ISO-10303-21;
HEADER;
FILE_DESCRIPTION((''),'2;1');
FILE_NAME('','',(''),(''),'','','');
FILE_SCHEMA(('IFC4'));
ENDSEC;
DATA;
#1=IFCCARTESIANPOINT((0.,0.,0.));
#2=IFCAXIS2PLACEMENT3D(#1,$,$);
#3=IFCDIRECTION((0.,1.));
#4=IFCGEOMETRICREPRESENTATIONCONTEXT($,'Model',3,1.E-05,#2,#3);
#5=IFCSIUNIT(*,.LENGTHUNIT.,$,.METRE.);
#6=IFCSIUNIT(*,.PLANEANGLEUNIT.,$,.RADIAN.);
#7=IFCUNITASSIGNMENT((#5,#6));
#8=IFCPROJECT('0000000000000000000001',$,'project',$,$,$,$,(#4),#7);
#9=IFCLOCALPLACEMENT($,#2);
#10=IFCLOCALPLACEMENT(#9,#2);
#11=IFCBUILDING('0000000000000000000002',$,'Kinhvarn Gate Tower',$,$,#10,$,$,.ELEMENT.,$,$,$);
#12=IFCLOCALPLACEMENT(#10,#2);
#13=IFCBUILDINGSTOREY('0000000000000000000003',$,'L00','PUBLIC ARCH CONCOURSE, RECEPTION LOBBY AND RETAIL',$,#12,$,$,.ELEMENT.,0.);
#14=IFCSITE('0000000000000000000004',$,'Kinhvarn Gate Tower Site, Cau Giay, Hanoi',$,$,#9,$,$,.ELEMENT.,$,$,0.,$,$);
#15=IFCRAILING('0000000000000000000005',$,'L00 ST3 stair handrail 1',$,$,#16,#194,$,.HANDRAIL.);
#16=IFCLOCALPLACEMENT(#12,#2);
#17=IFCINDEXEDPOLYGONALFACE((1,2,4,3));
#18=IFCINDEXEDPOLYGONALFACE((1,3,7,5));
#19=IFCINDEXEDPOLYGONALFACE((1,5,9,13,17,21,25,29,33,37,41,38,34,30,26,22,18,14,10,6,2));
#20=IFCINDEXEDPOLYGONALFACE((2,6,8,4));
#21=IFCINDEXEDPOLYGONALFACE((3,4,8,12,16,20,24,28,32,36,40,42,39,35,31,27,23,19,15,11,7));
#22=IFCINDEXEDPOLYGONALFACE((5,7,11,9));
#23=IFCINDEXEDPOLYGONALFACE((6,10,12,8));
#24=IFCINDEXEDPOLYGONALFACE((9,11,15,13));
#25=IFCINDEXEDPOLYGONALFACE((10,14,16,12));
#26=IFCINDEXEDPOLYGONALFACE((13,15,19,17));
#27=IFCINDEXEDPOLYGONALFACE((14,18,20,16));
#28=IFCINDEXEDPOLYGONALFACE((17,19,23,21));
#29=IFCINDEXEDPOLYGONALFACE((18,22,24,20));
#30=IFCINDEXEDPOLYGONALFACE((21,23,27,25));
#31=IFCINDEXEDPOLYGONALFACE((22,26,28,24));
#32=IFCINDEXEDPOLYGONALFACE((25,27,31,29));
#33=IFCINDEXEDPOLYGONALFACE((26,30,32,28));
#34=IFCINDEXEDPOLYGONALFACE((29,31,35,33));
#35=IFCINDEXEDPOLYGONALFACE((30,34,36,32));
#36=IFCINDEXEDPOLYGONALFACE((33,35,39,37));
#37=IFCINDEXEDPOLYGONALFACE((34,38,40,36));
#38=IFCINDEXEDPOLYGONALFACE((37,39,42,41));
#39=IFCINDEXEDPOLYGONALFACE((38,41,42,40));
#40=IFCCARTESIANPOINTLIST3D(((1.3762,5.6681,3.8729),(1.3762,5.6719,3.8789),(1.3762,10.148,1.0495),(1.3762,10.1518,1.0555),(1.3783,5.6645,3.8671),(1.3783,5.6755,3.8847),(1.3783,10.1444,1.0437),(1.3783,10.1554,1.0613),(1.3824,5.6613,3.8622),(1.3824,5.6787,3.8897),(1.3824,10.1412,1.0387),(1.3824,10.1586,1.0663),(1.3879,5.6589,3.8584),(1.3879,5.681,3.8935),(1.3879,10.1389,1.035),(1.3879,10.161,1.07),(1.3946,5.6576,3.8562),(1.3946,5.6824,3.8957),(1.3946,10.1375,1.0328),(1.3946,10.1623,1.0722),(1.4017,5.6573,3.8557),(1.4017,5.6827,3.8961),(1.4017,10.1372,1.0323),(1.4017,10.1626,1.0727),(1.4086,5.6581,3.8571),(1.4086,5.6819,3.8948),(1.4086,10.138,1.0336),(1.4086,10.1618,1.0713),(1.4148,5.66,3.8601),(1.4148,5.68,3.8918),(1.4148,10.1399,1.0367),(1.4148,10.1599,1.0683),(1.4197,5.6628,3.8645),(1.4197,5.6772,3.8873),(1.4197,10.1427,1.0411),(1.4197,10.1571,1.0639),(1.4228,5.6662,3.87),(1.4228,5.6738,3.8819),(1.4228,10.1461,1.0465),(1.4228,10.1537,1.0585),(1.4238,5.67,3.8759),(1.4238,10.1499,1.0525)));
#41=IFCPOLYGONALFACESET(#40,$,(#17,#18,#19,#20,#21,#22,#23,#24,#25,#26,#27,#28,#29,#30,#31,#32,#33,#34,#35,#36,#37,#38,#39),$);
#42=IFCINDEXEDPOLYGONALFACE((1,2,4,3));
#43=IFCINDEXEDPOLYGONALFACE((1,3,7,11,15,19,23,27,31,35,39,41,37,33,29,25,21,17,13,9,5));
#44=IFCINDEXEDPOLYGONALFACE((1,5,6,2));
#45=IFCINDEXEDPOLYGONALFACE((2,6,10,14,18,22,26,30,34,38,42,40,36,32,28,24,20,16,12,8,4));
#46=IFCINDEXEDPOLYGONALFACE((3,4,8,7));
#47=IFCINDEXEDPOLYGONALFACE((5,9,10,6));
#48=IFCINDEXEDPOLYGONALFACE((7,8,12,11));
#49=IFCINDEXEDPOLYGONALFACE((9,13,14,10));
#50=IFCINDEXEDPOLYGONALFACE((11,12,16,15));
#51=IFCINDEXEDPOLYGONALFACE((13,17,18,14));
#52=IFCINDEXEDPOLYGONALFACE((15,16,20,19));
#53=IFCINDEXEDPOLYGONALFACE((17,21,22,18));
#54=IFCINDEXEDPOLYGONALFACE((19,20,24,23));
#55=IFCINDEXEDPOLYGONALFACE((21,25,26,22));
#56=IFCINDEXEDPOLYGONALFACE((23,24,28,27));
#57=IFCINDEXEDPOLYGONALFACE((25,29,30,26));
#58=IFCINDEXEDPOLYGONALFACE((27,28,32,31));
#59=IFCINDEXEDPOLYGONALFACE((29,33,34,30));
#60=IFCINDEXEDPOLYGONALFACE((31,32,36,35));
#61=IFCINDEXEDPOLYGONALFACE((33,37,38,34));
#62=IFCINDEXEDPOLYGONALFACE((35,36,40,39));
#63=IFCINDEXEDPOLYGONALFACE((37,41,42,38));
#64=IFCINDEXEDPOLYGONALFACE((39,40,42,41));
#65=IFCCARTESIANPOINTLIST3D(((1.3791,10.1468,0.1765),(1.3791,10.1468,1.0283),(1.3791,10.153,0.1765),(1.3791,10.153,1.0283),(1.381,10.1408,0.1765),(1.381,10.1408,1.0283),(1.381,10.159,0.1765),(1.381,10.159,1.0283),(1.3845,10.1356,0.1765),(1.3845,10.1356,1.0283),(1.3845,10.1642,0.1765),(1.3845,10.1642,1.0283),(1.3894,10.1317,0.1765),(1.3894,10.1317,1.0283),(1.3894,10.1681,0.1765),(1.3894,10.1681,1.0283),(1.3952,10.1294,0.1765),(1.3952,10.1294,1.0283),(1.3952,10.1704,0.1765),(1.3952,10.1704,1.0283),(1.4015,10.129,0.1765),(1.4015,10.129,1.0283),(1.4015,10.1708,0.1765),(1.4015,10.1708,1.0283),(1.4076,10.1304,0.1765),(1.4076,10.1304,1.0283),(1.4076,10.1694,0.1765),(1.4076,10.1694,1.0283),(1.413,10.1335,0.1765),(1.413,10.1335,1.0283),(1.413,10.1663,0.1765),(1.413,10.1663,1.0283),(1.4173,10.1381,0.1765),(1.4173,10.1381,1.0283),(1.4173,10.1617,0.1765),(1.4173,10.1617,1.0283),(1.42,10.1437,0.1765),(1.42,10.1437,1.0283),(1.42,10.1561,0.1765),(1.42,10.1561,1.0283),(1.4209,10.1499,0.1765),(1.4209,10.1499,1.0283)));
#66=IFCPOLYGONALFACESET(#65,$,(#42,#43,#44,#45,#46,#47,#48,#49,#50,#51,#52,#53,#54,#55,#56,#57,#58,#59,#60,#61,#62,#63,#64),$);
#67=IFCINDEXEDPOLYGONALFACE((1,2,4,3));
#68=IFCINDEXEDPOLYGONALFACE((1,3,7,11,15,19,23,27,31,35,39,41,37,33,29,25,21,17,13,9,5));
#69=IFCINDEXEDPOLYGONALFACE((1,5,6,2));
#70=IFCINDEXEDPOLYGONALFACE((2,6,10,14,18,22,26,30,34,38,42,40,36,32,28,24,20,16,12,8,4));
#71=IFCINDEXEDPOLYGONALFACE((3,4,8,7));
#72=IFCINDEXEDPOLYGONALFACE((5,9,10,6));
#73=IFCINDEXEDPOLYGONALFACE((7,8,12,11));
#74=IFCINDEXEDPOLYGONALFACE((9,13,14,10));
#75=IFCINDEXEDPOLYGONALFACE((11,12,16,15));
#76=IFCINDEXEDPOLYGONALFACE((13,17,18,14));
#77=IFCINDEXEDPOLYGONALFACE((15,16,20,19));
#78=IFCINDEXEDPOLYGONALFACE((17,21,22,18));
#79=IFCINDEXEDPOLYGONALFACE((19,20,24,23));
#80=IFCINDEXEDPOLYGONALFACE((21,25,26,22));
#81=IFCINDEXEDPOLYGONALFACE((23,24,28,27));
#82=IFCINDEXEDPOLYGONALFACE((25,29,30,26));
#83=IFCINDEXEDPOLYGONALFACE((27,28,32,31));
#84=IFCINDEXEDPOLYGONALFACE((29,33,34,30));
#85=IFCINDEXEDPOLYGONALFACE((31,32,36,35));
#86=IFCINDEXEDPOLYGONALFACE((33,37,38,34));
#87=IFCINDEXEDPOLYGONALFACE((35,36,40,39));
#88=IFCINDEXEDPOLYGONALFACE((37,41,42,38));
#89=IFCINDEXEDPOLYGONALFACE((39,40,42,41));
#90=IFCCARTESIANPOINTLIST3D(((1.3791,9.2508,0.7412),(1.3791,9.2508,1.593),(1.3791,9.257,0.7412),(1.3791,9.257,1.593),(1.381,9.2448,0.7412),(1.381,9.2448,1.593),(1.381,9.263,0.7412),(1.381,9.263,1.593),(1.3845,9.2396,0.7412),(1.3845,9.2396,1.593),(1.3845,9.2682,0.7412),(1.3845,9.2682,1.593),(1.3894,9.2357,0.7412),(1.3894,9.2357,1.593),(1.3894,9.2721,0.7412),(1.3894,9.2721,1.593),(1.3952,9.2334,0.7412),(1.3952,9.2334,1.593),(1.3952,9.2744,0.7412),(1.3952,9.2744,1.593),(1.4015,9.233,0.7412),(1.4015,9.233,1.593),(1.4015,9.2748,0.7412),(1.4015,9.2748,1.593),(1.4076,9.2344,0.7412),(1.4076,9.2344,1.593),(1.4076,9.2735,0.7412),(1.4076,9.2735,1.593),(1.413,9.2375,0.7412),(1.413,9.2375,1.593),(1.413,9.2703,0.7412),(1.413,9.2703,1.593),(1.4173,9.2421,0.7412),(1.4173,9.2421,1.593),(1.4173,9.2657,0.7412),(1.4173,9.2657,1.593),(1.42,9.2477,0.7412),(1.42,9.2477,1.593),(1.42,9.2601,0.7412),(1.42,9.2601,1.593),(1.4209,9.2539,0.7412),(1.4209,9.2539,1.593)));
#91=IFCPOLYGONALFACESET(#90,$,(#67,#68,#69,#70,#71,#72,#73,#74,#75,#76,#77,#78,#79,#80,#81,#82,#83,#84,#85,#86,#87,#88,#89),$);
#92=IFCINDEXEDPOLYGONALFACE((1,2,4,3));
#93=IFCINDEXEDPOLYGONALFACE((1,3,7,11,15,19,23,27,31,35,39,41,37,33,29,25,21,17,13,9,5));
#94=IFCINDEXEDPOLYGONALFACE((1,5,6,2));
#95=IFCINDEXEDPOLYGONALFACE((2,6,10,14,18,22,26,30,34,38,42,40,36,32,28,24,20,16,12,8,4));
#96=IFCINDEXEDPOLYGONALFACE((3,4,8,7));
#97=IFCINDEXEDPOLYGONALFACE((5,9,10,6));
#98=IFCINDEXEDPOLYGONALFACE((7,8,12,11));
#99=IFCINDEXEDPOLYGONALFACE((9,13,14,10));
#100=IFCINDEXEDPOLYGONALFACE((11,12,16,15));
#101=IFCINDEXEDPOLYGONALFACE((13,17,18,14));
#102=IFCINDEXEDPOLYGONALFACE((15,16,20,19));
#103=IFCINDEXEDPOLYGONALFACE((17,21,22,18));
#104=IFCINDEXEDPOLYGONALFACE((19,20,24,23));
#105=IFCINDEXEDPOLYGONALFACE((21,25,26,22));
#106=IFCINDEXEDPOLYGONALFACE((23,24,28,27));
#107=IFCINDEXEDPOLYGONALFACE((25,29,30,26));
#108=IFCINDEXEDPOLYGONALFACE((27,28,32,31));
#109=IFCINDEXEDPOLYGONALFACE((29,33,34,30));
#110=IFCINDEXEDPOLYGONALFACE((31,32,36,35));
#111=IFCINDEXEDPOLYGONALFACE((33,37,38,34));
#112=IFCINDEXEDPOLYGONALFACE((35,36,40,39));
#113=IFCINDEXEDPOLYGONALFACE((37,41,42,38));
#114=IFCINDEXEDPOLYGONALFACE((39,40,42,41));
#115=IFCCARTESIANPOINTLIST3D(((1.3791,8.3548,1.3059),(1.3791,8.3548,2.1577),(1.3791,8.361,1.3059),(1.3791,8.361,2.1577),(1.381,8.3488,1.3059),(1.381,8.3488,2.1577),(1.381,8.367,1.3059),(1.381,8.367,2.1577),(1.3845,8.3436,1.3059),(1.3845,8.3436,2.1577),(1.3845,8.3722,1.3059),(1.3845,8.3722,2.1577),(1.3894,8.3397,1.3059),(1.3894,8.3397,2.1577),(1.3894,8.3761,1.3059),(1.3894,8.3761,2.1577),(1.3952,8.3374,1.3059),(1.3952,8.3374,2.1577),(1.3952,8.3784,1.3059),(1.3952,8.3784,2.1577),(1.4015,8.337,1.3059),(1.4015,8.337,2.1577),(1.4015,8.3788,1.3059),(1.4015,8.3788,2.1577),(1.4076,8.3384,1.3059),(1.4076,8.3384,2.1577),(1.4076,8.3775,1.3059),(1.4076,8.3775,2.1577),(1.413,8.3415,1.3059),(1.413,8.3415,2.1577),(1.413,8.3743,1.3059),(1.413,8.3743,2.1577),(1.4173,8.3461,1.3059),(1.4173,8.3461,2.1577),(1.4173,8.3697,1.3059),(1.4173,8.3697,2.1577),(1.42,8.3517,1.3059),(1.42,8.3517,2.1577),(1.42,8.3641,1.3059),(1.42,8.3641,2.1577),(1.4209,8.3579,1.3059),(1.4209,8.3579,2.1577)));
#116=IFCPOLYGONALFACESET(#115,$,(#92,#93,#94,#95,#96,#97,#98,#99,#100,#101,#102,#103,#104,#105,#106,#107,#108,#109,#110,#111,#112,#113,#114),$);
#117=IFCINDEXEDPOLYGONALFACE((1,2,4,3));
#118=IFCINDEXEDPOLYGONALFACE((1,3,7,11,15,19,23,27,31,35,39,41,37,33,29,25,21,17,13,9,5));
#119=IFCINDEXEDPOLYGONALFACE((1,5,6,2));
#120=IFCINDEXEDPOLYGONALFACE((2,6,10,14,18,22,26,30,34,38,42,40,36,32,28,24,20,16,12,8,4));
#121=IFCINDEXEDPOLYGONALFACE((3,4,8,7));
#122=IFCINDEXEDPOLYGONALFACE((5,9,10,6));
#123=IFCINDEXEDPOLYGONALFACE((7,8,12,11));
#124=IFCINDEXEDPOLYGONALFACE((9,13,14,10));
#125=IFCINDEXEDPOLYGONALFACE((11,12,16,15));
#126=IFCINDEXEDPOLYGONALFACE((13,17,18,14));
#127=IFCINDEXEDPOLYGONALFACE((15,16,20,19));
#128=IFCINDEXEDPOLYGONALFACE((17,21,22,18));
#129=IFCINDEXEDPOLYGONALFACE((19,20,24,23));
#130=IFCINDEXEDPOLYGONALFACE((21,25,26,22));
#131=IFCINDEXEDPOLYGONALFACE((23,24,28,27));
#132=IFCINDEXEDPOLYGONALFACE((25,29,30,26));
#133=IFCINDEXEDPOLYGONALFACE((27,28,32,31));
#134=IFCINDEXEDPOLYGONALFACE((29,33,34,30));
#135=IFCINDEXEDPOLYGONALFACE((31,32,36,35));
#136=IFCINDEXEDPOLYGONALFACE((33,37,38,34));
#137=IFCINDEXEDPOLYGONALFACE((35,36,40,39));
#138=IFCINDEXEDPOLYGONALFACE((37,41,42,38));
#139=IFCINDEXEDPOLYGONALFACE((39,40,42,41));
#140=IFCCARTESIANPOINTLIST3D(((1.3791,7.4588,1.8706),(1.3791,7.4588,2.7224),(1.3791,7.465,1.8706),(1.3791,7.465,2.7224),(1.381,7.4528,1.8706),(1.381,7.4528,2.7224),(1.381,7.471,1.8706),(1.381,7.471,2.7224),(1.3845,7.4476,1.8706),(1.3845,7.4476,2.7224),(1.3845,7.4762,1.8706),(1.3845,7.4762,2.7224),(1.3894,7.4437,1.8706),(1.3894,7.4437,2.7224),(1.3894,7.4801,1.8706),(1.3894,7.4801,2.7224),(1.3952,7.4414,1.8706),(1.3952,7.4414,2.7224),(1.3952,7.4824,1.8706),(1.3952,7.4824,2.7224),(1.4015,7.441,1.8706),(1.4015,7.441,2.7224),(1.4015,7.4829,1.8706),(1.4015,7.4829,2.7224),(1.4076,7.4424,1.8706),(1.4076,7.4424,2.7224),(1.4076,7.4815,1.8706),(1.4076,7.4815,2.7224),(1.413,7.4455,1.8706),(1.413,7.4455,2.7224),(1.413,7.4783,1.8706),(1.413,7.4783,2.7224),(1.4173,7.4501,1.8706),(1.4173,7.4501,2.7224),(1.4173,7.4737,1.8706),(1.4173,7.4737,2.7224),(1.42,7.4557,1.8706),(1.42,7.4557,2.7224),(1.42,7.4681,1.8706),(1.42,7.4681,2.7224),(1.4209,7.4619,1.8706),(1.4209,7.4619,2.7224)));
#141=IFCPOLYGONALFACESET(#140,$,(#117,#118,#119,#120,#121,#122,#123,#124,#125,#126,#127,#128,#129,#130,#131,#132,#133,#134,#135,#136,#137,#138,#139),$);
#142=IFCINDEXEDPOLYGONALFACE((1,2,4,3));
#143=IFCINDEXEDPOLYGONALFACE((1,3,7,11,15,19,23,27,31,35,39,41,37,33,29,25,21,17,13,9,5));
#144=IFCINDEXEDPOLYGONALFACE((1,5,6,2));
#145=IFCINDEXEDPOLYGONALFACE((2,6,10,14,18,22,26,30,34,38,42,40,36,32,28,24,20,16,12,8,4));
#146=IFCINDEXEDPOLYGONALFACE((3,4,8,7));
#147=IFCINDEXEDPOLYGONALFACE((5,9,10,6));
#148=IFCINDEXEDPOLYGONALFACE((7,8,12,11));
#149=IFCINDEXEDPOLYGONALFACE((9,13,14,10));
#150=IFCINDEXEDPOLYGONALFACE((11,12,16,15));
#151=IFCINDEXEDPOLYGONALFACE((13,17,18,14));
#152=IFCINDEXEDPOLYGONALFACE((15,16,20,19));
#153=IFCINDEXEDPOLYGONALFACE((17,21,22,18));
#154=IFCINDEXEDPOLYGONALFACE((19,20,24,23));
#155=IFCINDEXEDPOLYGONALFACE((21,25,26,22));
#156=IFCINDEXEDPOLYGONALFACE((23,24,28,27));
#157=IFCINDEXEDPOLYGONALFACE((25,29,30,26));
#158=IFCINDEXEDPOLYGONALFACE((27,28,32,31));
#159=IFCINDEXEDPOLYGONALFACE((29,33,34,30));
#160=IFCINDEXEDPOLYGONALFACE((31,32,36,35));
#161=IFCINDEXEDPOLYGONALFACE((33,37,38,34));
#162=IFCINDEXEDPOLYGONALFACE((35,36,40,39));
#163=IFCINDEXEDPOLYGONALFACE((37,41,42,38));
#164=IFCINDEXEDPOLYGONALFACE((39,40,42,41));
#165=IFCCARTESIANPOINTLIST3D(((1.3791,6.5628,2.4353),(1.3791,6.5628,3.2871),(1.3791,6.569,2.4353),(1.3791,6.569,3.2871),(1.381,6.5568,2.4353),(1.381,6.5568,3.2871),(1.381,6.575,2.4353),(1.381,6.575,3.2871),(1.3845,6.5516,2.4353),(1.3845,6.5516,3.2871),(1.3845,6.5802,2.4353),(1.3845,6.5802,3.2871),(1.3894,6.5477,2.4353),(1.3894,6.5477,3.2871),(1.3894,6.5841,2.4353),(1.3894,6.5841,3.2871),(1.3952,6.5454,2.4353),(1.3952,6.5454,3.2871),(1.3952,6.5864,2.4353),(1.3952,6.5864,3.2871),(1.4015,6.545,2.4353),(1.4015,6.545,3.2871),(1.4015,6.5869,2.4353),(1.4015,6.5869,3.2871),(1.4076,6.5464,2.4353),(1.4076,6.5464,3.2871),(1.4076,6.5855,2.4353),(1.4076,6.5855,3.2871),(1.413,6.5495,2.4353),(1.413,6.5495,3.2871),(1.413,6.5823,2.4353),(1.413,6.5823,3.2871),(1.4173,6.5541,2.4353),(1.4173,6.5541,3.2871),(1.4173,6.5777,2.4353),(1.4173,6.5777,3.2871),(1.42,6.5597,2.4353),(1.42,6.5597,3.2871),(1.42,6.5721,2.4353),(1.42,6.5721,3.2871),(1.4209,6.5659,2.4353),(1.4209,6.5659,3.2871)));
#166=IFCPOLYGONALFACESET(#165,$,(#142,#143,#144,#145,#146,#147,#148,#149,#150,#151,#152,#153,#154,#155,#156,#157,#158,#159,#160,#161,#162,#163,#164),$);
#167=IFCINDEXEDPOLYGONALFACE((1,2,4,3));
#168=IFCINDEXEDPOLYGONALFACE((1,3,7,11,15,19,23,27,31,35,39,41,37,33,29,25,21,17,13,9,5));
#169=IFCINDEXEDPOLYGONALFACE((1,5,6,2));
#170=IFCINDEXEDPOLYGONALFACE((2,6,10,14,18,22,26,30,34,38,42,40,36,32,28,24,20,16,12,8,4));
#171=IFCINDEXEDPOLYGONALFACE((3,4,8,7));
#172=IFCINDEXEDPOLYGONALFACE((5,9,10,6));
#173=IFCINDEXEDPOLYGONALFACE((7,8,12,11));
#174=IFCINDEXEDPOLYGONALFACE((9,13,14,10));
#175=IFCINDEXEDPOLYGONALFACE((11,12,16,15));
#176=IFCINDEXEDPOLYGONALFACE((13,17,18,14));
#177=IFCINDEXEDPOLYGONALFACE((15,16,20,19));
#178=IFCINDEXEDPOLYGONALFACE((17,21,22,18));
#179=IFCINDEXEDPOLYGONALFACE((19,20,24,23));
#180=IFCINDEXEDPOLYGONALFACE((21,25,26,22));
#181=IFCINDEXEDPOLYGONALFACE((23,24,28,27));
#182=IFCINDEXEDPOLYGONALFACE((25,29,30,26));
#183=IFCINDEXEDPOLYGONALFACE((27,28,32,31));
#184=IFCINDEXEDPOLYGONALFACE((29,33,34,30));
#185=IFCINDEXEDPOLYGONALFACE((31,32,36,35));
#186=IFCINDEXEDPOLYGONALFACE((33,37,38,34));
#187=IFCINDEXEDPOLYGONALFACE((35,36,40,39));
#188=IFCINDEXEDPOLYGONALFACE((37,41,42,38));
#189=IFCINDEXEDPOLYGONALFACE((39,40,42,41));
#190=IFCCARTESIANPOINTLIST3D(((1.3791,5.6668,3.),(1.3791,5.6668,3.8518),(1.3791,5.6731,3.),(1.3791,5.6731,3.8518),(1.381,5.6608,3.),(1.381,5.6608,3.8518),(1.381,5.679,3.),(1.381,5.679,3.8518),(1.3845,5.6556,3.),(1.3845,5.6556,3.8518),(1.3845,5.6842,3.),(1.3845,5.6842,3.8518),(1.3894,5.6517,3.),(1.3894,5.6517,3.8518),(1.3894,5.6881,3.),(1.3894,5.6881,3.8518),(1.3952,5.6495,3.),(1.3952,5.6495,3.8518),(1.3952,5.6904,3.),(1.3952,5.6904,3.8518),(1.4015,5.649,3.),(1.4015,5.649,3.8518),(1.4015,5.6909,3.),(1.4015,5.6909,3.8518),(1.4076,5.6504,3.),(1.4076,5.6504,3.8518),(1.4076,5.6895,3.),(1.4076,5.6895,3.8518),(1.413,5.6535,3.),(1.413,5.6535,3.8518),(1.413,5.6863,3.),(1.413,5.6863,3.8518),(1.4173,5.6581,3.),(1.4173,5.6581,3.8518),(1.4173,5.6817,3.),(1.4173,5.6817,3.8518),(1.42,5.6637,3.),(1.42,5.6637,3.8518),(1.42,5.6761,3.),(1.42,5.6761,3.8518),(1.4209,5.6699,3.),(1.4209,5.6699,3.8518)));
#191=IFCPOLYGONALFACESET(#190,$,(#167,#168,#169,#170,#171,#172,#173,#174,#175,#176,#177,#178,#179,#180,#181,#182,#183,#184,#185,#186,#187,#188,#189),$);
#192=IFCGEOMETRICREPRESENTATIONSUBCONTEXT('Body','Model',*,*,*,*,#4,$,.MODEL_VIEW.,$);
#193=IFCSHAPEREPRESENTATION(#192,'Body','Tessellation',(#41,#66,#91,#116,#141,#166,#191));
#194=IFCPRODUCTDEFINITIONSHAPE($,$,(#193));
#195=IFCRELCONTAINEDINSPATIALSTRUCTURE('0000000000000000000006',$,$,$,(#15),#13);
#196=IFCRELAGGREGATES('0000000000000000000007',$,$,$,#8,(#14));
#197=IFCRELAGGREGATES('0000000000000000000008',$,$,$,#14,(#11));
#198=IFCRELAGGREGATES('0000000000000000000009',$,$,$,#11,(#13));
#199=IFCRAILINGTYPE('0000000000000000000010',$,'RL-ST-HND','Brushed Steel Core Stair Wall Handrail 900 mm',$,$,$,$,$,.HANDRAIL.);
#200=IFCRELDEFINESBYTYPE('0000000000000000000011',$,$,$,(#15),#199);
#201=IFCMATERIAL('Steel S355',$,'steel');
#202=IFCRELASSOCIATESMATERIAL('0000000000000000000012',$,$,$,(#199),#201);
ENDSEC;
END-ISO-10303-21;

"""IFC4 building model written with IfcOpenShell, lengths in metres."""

from ifc_helpers import new_model, si_unit, direction, frame, origin, origin_2d, place, context, subcontext, project, spatial, circle, extrude, material, type_object, element, save


model = new_model("IFC4")

# Units and contexts
model_context = context("Model", 3, precision=1e-05, world=origin(), true_north=direction((0.0, 1.0)))
body_context = subcontext(model_context, "Body", "Model", "MODEL_VIEW")
ifc_project = project(units=[si_unit("LENGTHUNIT", "METRE"), si_unit("PLANEANGLEUNIT", "RADIAN")], contexts=[model_context])

# Site, building, storey
site_placement = place(None, origin())
site = spatial("IfcSite", under=ifc_project, at=site_placement, Name="Kinhvarn Gate Tower Site, Cau Giay, Hanoi", CompositionType="ELEMENT", RefElevation=0.0)
building_placement = place(site_placement, origin())
building = spatial("IfcBuilding", under=site, at=building_placement, Name="Kinhvarn Gate Tower", CompositionType="ELEMENT")
storey_placement = place(building_placement, origin())
storey = spatial("IfcBuildingStorey", under=building, at=storey_placement, Name="L00", Description="PUBLIC ARCH CONCOURSE, RECEPTION LOBBY AND RETAIL", CompositionType="ELEMENT", Elevation=0.0)

# Railing
ifc_material_1 = material(Name="Steel S355", Category="steel")
railing_type_1 = type_object("IfcRailingType", Name="RL-ST-HND", Description="Brushed Steel Core Stair Wall Handrail 900 mm", PredefinedType="HANDRAIL", material=ifc_material_1)
railing_1_placement = place(storey_placement, frame((1.3999, 10.1499, 0.1765)))
element("IfcRailing", 1, at=railing_1_placement, inside=storey, type_object=railing_type_1, Name="L00 ST3 stair handrail 1", PredefinedType="HANDRAIL", context=body_context, shape_type="SweptSolid", body=[
    extrude(circle(Radius=0.0239, at=origin_2d()), frame((0.0, 0.0, 0.876), z_axis=(0.0, -0.845998, 0.533186), x_axis=(1.0, 0.0, 0.0)), (0.0, 0.0, 1.0), 5.2954),
    extrude(circle(Radius=0.021, at=origin_2d()), origin(), (0.0, 0.0, 1.0), 0.8518),
    extrude(circle(Radius=0.021, at=origin_2d()), frame((0.0, -0.896, 0.5647)), (0.0, 0.0, 1.0), 0.8518),
    extrude(circle(Radius=0.021, at=origin_2d()), frame((0.0, -1.792, 1.1294)), (0.0, 0.0, 1.0), 0.8518),
    extrude(circle(Radius=0.021, at=origin_2d()), frame((0.0, -2.688, 1.6941)), (0.0, 0.0, 1.0), 0.8518),
    extrude(circle(Radius=0.021, at=origin_2d()), frame((0.0, -3.584, 2.2588)), (0.0, 0.0, 1.0), 0.8518),
    extrude(circle(Radius=0.021, at=origin_2d()), frame((0.0, -4.48, 2.8235)), (0.0, 0.0, 1.0), 0.8518),
])

save(model, "model.ifc")
